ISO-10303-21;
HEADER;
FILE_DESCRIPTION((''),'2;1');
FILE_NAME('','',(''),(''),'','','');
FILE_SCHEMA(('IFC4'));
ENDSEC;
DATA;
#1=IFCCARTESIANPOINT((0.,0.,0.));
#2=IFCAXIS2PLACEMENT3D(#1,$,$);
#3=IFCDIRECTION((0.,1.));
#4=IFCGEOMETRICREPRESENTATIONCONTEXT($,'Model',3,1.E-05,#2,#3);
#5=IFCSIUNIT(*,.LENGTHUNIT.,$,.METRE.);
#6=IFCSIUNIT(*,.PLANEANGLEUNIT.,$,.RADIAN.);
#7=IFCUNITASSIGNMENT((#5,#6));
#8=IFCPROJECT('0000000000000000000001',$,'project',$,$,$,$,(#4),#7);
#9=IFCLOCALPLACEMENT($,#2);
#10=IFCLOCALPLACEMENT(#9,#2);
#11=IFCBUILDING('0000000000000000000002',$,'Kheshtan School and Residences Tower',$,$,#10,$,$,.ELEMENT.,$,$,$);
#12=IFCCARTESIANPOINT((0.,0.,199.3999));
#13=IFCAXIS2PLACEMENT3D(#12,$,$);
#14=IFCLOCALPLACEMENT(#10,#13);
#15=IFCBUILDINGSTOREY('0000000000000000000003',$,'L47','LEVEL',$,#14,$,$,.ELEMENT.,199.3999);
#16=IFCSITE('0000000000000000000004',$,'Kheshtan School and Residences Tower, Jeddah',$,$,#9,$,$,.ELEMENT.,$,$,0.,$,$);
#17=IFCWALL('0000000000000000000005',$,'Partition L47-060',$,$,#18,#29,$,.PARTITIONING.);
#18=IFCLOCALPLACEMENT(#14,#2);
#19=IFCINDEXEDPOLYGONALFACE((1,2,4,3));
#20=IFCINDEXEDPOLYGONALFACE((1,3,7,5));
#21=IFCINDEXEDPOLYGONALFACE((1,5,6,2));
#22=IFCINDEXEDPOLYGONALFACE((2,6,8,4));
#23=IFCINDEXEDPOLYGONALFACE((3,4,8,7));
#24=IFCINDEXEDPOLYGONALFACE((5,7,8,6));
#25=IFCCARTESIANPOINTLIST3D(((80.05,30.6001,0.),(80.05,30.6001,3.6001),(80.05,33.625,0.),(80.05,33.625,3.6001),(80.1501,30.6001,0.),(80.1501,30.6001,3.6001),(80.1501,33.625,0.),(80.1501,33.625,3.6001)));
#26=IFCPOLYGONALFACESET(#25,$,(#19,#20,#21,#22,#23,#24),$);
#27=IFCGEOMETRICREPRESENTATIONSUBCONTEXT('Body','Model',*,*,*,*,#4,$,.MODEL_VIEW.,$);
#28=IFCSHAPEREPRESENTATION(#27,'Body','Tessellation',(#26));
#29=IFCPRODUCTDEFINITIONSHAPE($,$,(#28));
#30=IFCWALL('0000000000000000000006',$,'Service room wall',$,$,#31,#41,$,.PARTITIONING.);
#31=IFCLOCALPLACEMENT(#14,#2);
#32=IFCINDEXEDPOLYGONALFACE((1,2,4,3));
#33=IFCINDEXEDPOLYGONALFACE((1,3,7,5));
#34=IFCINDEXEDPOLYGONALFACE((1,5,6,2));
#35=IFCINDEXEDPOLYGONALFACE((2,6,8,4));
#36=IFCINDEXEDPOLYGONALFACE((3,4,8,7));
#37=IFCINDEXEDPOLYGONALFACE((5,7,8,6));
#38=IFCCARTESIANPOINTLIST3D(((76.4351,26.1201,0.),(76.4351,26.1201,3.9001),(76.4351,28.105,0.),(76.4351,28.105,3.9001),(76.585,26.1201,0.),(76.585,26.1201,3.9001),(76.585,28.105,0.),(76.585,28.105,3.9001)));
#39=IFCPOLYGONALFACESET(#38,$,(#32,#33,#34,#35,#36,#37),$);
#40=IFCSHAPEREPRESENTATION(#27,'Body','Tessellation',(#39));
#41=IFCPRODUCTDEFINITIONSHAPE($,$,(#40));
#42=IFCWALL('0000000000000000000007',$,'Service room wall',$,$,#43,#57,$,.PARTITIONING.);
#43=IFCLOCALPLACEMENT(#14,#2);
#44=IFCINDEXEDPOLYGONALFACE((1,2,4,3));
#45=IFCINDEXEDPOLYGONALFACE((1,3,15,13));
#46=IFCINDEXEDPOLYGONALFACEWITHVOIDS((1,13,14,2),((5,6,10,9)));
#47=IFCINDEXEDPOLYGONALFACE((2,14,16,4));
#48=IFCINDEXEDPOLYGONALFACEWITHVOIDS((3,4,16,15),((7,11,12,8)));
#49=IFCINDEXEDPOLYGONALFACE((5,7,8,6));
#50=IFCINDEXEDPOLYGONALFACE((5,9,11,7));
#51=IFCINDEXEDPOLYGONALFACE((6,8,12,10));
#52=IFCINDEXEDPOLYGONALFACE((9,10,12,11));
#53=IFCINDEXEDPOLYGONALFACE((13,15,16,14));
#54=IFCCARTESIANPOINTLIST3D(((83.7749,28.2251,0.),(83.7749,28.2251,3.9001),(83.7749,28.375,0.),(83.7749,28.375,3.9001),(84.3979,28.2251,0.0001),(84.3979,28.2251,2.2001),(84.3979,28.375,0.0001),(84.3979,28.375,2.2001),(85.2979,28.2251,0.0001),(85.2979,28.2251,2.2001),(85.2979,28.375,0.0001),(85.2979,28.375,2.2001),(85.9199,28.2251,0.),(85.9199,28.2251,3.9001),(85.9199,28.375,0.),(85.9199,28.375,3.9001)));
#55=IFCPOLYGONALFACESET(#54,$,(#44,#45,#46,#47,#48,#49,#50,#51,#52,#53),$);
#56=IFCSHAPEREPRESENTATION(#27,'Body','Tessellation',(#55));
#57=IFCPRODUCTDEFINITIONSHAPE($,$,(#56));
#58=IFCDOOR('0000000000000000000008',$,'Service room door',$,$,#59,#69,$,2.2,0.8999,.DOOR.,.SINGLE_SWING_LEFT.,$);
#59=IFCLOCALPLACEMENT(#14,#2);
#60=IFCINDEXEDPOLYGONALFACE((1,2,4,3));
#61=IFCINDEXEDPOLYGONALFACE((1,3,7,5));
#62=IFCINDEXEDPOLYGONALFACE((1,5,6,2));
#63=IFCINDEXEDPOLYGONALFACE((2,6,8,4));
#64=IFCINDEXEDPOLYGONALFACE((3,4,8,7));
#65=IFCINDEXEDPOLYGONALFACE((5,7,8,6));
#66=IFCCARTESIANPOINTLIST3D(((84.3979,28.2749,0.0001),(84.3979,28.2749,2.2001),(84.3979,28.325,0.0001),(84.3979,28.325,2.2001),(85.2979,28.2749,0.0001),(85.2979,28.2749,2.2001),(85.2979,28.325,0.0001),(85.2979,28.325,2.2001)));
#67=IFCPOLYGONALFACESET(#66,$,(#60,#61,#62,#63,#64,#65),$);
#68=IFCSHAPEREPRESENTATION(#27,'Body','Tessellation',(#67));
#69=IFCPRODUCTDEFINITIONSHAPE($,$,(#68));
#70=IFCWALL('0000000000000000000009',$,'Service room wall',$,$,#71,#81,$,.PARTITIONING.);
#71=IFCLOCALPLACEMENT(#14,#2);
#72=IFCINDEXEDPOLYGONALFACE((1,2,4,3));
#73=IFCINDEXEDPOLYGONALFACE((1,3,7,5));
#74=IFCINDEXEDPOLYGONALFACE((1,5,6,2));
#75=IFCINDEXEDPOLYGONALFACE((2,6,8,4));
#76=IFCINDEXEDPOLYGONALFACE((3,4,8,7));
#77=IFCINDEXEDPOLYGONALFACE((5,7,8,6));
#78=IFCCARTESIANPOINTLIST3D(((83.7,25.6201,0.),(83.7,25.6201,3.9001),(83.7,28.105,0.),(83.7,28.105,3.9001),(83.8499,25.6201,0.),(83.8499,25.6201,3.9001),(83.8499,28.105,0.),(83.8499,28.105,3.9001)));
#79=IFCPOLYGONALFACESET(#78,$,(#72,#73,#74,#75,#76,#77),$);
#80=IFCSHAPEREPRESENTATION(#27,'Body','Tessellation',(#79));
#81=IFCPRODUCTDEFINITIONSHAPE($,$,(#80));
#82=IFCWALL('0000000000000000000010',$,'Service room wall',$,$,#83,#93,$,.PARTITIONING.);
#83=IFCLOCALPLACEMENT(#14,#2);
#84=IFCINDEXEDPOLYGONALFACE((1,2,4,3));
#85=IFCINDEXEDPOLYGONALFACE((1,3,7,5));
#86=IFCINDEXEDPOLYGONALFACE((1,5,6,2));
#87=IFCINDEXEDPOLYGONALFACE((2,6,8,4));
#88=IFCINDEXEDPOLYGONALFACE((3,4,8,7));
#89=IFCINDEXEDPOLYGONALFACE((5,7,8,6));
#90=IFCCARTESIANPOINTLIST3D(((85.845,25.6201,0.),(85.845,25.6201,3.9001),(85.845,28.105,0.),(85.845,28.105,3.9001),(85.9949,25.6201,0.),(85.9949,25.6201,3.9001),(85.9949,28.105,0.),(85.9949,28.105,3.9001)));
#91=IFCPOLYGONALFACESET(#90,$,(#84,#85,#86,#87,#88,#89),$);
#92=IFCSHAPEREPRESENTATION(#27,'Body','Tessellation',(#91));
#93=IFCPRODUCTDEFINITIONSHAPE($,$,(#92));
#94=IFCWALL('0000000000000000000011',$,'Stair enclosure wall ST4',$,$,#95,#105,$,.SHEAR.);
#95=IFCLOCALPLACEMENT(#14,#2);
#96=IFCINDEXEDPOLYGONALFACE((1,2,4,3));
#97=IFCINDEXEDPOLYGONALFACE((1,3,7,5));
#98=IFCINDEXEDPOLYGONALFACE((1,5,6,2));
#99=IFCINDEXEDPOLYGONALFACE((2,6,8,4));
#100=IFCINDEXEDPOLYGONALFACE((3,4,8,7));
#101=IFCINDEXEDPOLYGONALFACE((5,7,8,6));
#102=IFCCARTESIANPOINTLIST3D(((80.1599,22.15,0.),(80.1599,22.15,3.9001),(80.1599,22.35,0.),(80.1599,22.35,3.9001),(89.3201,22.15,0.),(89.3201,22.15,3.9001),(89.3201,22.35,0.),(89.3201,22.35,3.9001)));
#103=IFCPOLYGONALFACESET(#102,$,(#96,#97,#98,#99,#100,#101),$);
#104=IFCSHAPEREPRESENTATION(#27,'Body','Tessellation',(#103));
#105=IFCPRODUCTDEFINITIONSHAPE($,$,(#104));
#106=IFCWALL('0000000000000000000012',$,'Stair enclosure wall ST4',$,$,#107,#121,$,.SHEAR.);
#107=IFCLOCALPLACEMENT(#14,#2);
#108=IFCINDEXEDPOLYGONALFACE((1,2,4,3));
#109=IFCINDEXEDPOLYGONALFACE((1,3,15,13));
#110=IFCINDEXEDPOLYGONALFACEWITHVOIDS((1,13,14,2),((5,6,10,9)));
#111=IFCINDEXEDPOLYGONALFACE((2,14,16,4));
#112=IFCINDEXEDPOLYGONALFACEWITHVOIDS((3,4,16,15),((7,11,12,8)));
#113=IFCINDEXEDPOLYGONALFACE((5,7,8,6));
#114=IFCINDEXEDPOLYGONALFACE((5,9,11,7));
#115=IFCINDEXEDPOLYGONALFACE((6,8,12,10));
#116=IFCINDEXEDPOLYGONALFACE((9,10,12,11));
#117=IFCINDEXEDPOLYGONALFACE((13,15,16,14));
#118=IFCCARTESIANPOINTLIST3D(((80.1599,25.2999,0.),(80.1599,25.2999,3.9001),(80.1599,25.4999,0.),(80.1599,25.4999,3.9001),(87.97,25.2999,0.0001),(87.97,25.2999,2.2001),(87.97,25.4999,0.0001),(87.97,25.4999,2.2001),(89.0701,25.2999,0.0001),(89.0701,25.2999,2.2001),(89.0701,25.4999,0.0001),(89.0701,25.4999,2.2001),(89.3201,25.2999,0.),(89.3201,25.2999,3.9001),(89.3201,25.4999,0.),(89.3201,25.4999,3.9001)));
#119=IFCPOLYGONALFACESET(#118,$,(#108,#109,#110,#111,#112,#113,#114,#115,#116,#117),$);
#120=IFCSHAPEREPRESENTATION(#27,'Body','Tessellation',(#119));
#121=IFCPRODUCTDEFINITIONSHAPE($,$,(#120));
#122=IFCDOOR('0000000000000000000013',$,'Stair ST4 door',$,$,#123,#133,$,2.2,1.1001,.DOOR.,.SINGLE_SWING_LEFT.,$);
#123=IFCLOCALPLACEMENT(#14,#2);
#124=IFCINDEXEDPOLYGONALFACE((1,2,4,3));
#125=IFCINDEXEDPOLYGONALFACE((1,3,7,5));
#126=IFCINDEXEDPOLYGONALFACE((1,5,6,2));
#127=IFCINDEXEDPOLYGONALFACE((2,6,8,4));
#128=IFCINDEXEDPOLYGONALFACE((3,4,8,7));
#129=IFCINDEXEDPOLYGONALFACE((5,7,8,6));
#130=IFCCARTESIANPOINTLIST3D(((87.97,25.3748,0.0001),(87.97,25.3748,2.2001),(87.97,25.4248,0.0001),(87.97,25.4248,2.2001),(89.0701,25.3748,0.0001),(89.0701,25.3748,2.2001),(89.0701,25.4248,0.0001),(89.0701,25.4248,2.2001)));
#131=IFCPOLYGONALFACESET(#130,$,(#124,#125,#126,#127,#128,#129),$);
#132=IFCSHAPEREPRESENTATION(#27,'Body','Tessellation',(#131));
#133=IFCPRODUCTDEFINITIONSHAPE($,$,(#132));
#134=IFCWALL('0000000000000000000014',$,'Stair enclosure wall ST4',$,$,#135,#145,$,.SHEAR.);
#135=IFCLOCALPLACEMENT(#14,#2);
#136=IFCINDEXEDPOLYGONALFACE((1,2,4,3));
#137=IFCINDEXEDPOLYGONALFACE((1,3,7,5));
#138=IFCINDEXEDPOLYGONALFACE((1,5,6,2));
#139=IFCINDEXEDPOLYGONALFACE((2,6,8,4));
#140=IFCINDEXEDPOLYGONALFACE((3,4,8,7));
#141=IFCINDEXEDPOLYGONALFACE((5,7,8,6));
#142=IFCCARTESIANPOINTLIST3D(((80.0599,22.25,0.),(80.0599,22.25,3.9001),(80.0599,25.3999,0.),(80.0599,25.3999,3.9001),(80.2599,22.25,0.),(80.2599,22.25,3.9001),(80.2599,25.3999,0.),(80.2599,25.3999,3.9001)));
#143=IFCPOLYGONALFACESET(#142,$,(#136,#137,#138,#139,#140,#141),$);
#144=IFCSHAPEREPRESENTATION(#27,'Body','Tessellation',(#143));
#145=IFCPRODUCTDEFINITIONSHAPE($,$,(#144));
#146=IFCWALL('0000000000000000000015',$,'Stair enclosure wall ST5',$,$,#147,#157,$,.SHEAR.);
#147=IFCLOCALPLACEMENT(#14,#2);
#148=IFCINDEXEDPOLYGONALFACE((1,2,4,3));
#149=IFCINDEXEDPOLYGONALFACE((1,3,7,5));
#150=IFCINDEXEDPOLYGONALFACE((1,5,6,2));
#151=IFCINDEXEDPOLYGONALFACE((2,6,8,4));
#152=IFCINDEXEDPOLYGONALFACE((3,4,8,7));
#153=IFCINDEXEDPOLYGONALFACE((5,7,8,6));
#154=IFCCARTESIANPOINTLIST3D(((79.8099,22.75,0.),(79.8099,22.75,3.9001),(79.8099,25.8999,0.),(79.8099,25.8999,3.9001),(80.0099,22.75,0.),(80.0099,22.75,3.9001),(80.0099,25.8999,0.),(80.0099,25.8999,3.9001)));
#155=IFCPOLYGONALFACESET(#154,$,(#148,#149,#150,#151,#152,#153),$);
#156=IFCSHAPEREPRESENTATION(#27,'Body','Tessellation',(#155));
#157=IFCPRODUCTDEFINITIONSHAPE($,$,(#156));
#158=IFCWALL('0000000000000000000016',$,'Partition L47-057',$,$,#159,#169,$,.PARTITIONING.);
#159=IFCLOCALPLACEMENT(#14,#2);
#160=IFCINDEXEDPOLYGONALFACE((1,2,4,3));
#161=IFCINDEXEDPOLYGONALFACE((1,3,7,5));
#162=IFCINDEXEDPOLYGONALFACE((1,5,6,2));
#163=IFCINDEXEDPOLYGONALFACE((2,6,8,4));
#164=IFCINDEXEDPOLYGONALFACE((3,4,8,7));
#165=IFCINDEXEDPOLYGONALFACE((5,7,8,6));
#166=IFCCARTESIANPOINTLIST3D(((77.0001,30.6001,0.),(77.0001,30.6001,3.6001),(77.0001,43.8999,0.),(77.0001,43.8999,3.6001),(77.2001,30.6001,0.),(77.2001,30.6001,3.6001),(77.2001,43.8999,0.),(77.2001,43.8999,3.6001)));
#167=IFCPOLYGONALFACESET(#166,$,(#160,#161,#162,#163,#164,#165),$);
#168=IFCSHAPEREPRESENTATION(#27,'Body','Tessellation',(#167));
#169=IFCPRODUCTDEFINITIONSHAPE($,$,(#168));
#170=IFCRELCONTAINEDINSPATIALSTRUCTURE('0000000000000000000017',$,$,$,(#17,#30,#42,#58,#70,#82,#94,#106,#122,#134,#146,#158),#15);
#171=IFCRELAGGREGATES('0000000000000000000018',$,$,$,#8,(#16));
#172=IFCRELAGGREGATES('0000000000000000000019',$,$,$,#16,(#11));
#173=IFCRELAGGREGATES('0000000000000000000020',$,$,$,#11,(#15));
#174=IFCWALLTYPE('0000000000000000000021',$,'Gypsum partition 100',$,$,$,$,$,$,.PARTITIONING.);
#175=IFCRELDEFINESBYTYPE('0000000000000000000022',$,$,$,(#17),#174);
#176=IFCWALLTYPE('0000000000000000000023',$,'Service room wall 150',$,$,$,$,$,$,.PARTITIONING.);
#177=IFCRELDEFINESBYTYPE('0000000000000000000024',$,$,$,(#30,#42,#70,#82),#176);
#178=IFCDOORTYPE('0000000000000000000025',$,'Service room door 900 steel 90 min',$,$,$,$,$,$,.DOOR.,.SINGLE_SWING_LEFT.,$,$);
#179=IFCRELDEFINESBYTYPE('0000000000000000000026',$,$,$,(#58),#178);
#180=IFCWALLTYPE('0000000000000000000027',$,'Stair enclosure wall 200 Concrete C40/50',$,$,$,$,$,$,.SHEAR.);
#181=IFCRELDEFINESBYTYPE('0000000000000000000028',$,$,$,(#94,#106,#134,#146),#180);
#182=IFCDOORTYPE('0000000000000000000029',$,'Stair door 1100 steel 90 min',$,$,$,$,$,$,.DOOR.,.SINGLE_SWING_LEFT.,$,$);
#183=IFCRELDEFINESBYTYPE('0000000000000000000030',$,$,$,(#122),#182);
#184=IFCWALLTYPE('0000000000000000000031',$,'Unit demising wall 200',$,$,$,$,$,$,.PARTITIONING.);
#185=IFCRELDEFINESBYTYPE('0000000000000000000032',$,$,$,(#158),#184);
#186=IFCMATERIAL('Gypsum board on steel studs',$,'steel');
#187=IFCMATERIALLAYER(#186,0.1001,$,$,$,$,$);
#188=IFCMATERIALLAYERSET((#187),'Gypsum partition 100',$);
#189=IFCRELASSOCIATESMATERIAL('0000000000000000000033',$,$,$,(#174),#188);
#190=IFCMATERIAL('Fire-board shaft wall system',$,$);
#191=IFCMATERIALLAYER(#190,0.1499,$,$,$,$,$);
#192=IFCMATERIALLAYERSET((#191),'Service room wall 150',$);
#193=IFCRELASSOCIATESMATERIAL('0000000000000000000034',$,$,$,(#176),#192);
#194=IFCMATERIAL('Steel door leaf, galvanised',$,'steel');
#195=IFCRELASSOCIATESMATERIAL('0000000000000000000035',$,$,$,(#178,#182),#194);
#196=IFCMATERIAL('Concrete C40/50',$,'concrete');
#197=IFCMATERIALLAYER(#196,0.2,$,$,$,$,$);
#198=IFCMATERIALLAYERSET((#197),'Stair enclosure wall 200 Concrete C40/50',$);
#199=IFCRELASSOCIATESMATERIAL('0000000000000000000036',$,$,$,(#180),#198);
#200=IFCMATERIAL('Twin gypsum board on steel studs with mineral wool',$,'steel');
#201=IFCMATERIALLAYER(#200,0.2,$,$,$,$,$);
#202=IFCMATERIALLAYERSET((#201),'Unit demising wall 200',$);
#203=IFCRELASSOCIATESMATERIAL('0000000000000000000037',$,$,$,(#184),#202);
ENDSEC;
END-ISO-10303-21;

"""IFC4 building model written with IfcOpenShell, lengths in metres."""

from ifc_helpers import new_model, si_unit, direction, frame, frame_2d, origin, place, context, subcontext, project, spatial, rectangle, extrude, source, transform, mapped, material, layer, layer_set, type_object, element, fill, save


model = new_model("IFC4")

# Units and contexts
model_context = context("Model", 3, precision=1e-05, world=origin(), true_north=direction((0.0, 1.0)))
body_context = subcontext(model_context, "Body", "Model", "MODEL_VIEW")
ifc_project = project(units=[si_unit("LENGTHUNIT", "METRE"), si_unit("PLANEANGLEUNIT", "RADIAN")], contexts=[model_context])

# Site, building, storey
site_placement = place(None, origin())
site = spatial("IfcSite", under=ifc_project, at=site_placement, Name="Kheshtan School and Residences Tower, Jeddah", CompositionType="ELEMENT", RefElevation=0.0)
building_placement = place(site_placement, origin())
building = spatial("IfcBuilding", under=site, at=building_placement, Name="Kheshtan School and Residences Tower", CompositionType="ELEMENT")
storey_placement = place(building_placement, frame((0.0, 0.0, 199.3999)))
storey = spatial("IfcBuildingStorey", under=building, at=storey_placement, Name="L47", Description="LEVEL", CompositionType="ELEMENT", Elevation=199.3999)

# Walls
ifc_material_1 = material(Name="Gypsum board on steel studs", Category="steel")
ifc_layer_1 = layer(ifc_material_1, 0.1001)
ifc_layer_set_1 = layer_set([ifc_layer_1], Name="Gypsum partition 100")
wall_type_1 = type_object("IfcWallType", Name="Gypsum partition 100", PredefinedType="PARTITIONING", material=ifc_layer_set_1)
wall_1_placement = place(storey_placement, frame((80.1001, 30.6001, 0.0), z_axis=(0.0, 0.0, 1.0), x_axis=(0.0, 1.0, 0.0)))
element("IfcWall", 1, at=wall_1_placement, inside=storey, type_object=wall_type_1, Name="Partition L47-060", PredefinedType="PARTITIONING", context=body_context, shape_type="SweptSolid", body=[
    extrude(rectangle(XDim=3.0249, YDim=0.1001, at=frame_2d((1.5125, 0.0))), origin(), (0.0, 0.0, 1.0), 3.6001),
])
ifc_material_2 = material(Name="Fire-board shaft wall system")
ifc_layer_2 = layer(ifc_material_2, 0.1499)
ifc_layer_set_2 = layer_set([ifc_layer_2], Name="Service room wall 150")
wall_type_2 = type_object("IfcWallType", Name="Service room wall 150", PredefinedType="PARTITIONING", material=ifc_layer_set_2)
wall_2_placement = place(storey_placement, frame((76.51, 26.1201, 0.0), z_axis=(0.0, 0.0, 1.0), x_axis=(0.0, 1.0, 0.0)))
element("IfcWall", 2, at=wall_2_placement, inside=storey, type_object=wall_type_2, Name="Service room wall", PredefinedType="PARTITIONING", context=body_context, shape_type="SweptSolid", body=[
    extrude(rectangle(XDim=1.9849, YDim=0.1499, at=frame_2d((0.9924, 0.0))), origin(), (0.0, 0.0, 1.0), 3.9001),
])

# Wall, opening, door
wall_3_placement = place(storey_placement, frame((83.7749, 28.3, 0.0), z_axis=(0.0, 0.0, 1.0), x_axis=(1.0, 0.0, 0.0)))
wall_3 = element("IfcWall", 3, at=wall_3_placement, inside=storey, type_object=wall_type_2, Name="Service room wall", PredefinedType="PARTITIONING", context=body_context, shape_type="SweptSolid", body=[
    extrude(rectangle(XDim=2.145, YDim=0.1499, at=frame_2d((1.0725, 0.0))), origin(), (0.0, 0.0, 1.0), 3.9001),
])
opening_1_placement = place(wall_3_placement, frame((0.623, 0.0, 0.0)))
opening_1 = element("IfcOpeningElement", 4, at=opening_1_placement, cuts=wall_3, PredefinedType="OPENING", context=body_context, shape_type="SweptSolid", body=[
    extrude(rectangle(XDim=0.8999, YDim=2.2, at=frame_2d((0.45, 1.1001))), frame((0.0, 0.085, 0.0), z_axis=(0.0, -1.0, 0.0), x_axis=(1.0, 0.0, 0.0)), (0.0, 0.0, 1.0), 0.1699),
])
ifc_material_3 = material(Name="Steel door leaf, galvanised", Category="steel")
door_type_1 = type_object("IfcDoorType", Name="Service room door 900 steel 90 min", OperationType="SINGLE_SWING_LEFT", PredefinedType="DOOR", material=ifc_material_3)
shared_shape_1 = source(origin(), body_context, "Body", "SweptSolid", [
    extrude(rectangle(XDim=0.8999, YDim=2.2, at=frame_2d((0.45, 1.1001))), frame((0.0, 0.0249, 0.0), z_axis=(0.0, -1.0, 0.0), x_axis=(1.0, 0.0, 0.0)), (0.0, 0.0, 1.0), 0.05),
])
door_1_placement = place(opening_1_placement, origin())
door_1 = element("IfcDoor", 5, at=door_1_placement, inside=storey, type_object=door_type_1, Name="Service room door", OperationType="SINGLE_SWING_LEFT", OverallHeight=2.2, OverallWidth=0.8999, PredefinedType="DOOR", context=body_context, shape_type="MappedRepresentation", body=[
    mapped(shared_shape_1, transform((0.0, 0.0, 0.0), x_axis=(1.0, 0.0, 0.0), y_axis=(0.0, 1.0, 0.0), z_axis=(0.0, 0.0, 1.0), scale=1.0)),
])
fill(opening_1, door_1)

# Walls
for number, where, z_axis, x_axis, name in (
    (6, (83.7749, 25.6201, 0.0), (0.0, 0.0, 1.0), (0.0, 1.0, 0.0), "Service room wall"),
    (7, (85.9199, 25.6201, 0.0), (0.0, 0.0, 1.0), (0.0, 1.0, 0.0), "Service room wall"),
):
    element("IfcWall", number, at=place(storey_placement, frame(where, z_axis=z_axis, x_axis=x_axis)), inside=storey, type_object=wall_type_2, Name=name, PredefinedType="PARTITIONING", context=body_context, shape_type="SweptSolid", body=[
        extrude(rectangle(XDim=2.4849, YDim=0.1499, at=frame_2d((1.2424, 0.0))), origin(), (0.0, 0.0, 1.0), 3.9001),
    ])
ifc_material_4 = material(Name="Concrete C40/50", Category="concrete")
ifc_layer_3 = layer(ifc_material_4, 0.2)
ifc_layer_set_3 = layer_set([ifc_layer_3], Name="Stair enclosure wall 200 Concrete C40/50")
wall_type_3 = type_object("IfcWallType", Name="Stair enclosure wall 200 Concrete C40/50", PredefinedType="SHEAR", material=ifc_layer_set_3)
wall_4_placement = place(storey_placement, frame((80.1599, 22.25, 0.0), z_axis=(0.0, 0.0, 1.0), x_axis=(1.0, 0.0, 0.0)))
element("IfcWall", 8, at=wall_4_placement, inside=storey, type_object=wall_type_3, Name="Stair enclosure wall ST4", PredefinedType="SHEAR", context=body_context, shape_type="SweptSolid", body=[
    extrude(rectangle(XDim=9.1602, YDim=0.2, at=frame_2d((4.5801, 0.0))), origin(), (0.0, 0.0, 1.0), 3.9001),
])

# Wall, opening, door
wall_5_placement = place(storey_placement, frame((80.1599, 25.3999, 0.0), z_axis=(0.0, 0.0, 1.0), x_axis=(1.0, 0.0, 0.0)))
wall_5 = element("IfcWall", 9, at=wall_5_placement, inside=storey, type_object=wall_type_3, Name="Stair enclosure wall ST4", PredefinedType="SHEAR", context=body_context, shape_type="SweptSolid", body=[
    extrude(rectangle(XDim=9.1602, YDim=0.2, at=frame_2d((4.5801, 0.0))), origin(), (0.0, 0.0, 1.0), 3.9001),
])
opening_2_placement = place(wall_5_placement, frame((7.8101, 0.0, 0.0)))
opening_2 = element("IfcOpeningElement", 10, at=opening_2_placement, cuts=wall_5, PredefinedType="OPENING", context=body_context, shape_type="SweptSolid", body=[
    extrude(rectangle(XDim=1.1001, YDim=2.2, at=frame_2d((0.55, 1.1001))), frame((0.0, 0.1099, 0.0), z_axis=(0.0, -1.0, 0.0), x_axis=(1.0, 0.0, 0.0)), (0.0, 0.0, 1.0), 0.22),
])
door_type_2 = type_object("IfcDoorType", Name="Stair door 1100 steel 90 min", OperationType="SINGLE_SWING_LEFT", PredefinedType="DOOR", material=ifc_material_3)
shared_shape_2 = source(origin(), body_context, "Body", "SweptSolid", [
    extrude(rectangle(XDim=1.1001, YDim=2.2, at=frame_2d((0.55, 1.1001))), frame((0.0, 0.0249, 0.0), z_axis=(0.0, -1.0, 0.0), x_axis=(1.0, 0.0, 0.0)), (0.0, 0.0, 1.0), 0.05),
])
door_2_placement = place(opening_2_placement, origin())
door_2 = element("IfcDoor", 11, at=door_2_placement, inside=storey, type_object=door_type_2, Name="Stair ST4 door", OperationType="SINGLE_SWING_LEFT", OverallHeight=2.2, OverallWidth=1.1001, PredefinedType="DOOR", context=body_context, shape_type="MappedRepresentation", body=[
    mapped(shared_shape_2, transform((0.0, 0.0, 0.0), x_axis=(1.0, 0.0, 0.0), y_axis=(0.0, 1.0, 0.0), z_axis=(0.0, 0.0, 1.0), scale=1.0)),
])
fill(opening_2, door_2)

# Walls
for number, where, z_axis, x_axis, name in (
    (12, (80.1599, 22.25, 0.0), (0.0, 0.0, 1.0), (0.0, 1.0, 0.0), "Stair enclosure wall ST4"),
    (13, (79.9099, 22.75, 0.0), (0.0, 0.0, 1.0), (0.0, 1.0, 0.0), "Stair enclosure wall ST5"),
):
    element("IfcWall", number, at=place(storey_placement, frame(where, z_axis=z_axis, x_axis=x_axis)), inside=storey, type_object=wall_type_3, Name=name, PredefinedType="SHEAR", context=body_context, shape_type="SweptSolid", body=[
        extrude(rectangle(XDim=3.1499, YDim=0.2, at=frame_2d((1.575, 0.0))), origin(), (0.0, 0.0, 1.0), 3.9001),
    ])
ifc_material_5 = material(Name="Twin gypsum board on steel studs with mineral wool", Category="steel")
ifc_layer_4 = layer(ifc_material_5, 0.2)
ifc_layer_set_4 = layer_set([ifc_layer_4], Name="Unit demising wall 200")
wall_type_4 = type_object("IfcWallType", Name="Unit demising wall 200", PredefinedType="PARTITIONING", material=ifc_layer_set_4)
wall_6_placement = place(storey_placement, frame((77.1001, 30.6001, 0.0), z_axis=(0.0, 0.0, 1.0), x_axis=(0.0, 1.0, 0.0)))
element("IfcWall", 14, at=wall_6_placement, inside=storey, type_object=wall_type_4, Name="Partition L47-057", PredefinedType="PARTITIONING", context=body_context, shape_type="SweptSolid", body=[
    extrude(rectangle(XDim=13.2998, YDim=0.2, at=frame_2d((6.6499, 0.0))), origin(), (0.0, 0.0, 1.0), 3.6001),
])

save(model, "model.ifc")
